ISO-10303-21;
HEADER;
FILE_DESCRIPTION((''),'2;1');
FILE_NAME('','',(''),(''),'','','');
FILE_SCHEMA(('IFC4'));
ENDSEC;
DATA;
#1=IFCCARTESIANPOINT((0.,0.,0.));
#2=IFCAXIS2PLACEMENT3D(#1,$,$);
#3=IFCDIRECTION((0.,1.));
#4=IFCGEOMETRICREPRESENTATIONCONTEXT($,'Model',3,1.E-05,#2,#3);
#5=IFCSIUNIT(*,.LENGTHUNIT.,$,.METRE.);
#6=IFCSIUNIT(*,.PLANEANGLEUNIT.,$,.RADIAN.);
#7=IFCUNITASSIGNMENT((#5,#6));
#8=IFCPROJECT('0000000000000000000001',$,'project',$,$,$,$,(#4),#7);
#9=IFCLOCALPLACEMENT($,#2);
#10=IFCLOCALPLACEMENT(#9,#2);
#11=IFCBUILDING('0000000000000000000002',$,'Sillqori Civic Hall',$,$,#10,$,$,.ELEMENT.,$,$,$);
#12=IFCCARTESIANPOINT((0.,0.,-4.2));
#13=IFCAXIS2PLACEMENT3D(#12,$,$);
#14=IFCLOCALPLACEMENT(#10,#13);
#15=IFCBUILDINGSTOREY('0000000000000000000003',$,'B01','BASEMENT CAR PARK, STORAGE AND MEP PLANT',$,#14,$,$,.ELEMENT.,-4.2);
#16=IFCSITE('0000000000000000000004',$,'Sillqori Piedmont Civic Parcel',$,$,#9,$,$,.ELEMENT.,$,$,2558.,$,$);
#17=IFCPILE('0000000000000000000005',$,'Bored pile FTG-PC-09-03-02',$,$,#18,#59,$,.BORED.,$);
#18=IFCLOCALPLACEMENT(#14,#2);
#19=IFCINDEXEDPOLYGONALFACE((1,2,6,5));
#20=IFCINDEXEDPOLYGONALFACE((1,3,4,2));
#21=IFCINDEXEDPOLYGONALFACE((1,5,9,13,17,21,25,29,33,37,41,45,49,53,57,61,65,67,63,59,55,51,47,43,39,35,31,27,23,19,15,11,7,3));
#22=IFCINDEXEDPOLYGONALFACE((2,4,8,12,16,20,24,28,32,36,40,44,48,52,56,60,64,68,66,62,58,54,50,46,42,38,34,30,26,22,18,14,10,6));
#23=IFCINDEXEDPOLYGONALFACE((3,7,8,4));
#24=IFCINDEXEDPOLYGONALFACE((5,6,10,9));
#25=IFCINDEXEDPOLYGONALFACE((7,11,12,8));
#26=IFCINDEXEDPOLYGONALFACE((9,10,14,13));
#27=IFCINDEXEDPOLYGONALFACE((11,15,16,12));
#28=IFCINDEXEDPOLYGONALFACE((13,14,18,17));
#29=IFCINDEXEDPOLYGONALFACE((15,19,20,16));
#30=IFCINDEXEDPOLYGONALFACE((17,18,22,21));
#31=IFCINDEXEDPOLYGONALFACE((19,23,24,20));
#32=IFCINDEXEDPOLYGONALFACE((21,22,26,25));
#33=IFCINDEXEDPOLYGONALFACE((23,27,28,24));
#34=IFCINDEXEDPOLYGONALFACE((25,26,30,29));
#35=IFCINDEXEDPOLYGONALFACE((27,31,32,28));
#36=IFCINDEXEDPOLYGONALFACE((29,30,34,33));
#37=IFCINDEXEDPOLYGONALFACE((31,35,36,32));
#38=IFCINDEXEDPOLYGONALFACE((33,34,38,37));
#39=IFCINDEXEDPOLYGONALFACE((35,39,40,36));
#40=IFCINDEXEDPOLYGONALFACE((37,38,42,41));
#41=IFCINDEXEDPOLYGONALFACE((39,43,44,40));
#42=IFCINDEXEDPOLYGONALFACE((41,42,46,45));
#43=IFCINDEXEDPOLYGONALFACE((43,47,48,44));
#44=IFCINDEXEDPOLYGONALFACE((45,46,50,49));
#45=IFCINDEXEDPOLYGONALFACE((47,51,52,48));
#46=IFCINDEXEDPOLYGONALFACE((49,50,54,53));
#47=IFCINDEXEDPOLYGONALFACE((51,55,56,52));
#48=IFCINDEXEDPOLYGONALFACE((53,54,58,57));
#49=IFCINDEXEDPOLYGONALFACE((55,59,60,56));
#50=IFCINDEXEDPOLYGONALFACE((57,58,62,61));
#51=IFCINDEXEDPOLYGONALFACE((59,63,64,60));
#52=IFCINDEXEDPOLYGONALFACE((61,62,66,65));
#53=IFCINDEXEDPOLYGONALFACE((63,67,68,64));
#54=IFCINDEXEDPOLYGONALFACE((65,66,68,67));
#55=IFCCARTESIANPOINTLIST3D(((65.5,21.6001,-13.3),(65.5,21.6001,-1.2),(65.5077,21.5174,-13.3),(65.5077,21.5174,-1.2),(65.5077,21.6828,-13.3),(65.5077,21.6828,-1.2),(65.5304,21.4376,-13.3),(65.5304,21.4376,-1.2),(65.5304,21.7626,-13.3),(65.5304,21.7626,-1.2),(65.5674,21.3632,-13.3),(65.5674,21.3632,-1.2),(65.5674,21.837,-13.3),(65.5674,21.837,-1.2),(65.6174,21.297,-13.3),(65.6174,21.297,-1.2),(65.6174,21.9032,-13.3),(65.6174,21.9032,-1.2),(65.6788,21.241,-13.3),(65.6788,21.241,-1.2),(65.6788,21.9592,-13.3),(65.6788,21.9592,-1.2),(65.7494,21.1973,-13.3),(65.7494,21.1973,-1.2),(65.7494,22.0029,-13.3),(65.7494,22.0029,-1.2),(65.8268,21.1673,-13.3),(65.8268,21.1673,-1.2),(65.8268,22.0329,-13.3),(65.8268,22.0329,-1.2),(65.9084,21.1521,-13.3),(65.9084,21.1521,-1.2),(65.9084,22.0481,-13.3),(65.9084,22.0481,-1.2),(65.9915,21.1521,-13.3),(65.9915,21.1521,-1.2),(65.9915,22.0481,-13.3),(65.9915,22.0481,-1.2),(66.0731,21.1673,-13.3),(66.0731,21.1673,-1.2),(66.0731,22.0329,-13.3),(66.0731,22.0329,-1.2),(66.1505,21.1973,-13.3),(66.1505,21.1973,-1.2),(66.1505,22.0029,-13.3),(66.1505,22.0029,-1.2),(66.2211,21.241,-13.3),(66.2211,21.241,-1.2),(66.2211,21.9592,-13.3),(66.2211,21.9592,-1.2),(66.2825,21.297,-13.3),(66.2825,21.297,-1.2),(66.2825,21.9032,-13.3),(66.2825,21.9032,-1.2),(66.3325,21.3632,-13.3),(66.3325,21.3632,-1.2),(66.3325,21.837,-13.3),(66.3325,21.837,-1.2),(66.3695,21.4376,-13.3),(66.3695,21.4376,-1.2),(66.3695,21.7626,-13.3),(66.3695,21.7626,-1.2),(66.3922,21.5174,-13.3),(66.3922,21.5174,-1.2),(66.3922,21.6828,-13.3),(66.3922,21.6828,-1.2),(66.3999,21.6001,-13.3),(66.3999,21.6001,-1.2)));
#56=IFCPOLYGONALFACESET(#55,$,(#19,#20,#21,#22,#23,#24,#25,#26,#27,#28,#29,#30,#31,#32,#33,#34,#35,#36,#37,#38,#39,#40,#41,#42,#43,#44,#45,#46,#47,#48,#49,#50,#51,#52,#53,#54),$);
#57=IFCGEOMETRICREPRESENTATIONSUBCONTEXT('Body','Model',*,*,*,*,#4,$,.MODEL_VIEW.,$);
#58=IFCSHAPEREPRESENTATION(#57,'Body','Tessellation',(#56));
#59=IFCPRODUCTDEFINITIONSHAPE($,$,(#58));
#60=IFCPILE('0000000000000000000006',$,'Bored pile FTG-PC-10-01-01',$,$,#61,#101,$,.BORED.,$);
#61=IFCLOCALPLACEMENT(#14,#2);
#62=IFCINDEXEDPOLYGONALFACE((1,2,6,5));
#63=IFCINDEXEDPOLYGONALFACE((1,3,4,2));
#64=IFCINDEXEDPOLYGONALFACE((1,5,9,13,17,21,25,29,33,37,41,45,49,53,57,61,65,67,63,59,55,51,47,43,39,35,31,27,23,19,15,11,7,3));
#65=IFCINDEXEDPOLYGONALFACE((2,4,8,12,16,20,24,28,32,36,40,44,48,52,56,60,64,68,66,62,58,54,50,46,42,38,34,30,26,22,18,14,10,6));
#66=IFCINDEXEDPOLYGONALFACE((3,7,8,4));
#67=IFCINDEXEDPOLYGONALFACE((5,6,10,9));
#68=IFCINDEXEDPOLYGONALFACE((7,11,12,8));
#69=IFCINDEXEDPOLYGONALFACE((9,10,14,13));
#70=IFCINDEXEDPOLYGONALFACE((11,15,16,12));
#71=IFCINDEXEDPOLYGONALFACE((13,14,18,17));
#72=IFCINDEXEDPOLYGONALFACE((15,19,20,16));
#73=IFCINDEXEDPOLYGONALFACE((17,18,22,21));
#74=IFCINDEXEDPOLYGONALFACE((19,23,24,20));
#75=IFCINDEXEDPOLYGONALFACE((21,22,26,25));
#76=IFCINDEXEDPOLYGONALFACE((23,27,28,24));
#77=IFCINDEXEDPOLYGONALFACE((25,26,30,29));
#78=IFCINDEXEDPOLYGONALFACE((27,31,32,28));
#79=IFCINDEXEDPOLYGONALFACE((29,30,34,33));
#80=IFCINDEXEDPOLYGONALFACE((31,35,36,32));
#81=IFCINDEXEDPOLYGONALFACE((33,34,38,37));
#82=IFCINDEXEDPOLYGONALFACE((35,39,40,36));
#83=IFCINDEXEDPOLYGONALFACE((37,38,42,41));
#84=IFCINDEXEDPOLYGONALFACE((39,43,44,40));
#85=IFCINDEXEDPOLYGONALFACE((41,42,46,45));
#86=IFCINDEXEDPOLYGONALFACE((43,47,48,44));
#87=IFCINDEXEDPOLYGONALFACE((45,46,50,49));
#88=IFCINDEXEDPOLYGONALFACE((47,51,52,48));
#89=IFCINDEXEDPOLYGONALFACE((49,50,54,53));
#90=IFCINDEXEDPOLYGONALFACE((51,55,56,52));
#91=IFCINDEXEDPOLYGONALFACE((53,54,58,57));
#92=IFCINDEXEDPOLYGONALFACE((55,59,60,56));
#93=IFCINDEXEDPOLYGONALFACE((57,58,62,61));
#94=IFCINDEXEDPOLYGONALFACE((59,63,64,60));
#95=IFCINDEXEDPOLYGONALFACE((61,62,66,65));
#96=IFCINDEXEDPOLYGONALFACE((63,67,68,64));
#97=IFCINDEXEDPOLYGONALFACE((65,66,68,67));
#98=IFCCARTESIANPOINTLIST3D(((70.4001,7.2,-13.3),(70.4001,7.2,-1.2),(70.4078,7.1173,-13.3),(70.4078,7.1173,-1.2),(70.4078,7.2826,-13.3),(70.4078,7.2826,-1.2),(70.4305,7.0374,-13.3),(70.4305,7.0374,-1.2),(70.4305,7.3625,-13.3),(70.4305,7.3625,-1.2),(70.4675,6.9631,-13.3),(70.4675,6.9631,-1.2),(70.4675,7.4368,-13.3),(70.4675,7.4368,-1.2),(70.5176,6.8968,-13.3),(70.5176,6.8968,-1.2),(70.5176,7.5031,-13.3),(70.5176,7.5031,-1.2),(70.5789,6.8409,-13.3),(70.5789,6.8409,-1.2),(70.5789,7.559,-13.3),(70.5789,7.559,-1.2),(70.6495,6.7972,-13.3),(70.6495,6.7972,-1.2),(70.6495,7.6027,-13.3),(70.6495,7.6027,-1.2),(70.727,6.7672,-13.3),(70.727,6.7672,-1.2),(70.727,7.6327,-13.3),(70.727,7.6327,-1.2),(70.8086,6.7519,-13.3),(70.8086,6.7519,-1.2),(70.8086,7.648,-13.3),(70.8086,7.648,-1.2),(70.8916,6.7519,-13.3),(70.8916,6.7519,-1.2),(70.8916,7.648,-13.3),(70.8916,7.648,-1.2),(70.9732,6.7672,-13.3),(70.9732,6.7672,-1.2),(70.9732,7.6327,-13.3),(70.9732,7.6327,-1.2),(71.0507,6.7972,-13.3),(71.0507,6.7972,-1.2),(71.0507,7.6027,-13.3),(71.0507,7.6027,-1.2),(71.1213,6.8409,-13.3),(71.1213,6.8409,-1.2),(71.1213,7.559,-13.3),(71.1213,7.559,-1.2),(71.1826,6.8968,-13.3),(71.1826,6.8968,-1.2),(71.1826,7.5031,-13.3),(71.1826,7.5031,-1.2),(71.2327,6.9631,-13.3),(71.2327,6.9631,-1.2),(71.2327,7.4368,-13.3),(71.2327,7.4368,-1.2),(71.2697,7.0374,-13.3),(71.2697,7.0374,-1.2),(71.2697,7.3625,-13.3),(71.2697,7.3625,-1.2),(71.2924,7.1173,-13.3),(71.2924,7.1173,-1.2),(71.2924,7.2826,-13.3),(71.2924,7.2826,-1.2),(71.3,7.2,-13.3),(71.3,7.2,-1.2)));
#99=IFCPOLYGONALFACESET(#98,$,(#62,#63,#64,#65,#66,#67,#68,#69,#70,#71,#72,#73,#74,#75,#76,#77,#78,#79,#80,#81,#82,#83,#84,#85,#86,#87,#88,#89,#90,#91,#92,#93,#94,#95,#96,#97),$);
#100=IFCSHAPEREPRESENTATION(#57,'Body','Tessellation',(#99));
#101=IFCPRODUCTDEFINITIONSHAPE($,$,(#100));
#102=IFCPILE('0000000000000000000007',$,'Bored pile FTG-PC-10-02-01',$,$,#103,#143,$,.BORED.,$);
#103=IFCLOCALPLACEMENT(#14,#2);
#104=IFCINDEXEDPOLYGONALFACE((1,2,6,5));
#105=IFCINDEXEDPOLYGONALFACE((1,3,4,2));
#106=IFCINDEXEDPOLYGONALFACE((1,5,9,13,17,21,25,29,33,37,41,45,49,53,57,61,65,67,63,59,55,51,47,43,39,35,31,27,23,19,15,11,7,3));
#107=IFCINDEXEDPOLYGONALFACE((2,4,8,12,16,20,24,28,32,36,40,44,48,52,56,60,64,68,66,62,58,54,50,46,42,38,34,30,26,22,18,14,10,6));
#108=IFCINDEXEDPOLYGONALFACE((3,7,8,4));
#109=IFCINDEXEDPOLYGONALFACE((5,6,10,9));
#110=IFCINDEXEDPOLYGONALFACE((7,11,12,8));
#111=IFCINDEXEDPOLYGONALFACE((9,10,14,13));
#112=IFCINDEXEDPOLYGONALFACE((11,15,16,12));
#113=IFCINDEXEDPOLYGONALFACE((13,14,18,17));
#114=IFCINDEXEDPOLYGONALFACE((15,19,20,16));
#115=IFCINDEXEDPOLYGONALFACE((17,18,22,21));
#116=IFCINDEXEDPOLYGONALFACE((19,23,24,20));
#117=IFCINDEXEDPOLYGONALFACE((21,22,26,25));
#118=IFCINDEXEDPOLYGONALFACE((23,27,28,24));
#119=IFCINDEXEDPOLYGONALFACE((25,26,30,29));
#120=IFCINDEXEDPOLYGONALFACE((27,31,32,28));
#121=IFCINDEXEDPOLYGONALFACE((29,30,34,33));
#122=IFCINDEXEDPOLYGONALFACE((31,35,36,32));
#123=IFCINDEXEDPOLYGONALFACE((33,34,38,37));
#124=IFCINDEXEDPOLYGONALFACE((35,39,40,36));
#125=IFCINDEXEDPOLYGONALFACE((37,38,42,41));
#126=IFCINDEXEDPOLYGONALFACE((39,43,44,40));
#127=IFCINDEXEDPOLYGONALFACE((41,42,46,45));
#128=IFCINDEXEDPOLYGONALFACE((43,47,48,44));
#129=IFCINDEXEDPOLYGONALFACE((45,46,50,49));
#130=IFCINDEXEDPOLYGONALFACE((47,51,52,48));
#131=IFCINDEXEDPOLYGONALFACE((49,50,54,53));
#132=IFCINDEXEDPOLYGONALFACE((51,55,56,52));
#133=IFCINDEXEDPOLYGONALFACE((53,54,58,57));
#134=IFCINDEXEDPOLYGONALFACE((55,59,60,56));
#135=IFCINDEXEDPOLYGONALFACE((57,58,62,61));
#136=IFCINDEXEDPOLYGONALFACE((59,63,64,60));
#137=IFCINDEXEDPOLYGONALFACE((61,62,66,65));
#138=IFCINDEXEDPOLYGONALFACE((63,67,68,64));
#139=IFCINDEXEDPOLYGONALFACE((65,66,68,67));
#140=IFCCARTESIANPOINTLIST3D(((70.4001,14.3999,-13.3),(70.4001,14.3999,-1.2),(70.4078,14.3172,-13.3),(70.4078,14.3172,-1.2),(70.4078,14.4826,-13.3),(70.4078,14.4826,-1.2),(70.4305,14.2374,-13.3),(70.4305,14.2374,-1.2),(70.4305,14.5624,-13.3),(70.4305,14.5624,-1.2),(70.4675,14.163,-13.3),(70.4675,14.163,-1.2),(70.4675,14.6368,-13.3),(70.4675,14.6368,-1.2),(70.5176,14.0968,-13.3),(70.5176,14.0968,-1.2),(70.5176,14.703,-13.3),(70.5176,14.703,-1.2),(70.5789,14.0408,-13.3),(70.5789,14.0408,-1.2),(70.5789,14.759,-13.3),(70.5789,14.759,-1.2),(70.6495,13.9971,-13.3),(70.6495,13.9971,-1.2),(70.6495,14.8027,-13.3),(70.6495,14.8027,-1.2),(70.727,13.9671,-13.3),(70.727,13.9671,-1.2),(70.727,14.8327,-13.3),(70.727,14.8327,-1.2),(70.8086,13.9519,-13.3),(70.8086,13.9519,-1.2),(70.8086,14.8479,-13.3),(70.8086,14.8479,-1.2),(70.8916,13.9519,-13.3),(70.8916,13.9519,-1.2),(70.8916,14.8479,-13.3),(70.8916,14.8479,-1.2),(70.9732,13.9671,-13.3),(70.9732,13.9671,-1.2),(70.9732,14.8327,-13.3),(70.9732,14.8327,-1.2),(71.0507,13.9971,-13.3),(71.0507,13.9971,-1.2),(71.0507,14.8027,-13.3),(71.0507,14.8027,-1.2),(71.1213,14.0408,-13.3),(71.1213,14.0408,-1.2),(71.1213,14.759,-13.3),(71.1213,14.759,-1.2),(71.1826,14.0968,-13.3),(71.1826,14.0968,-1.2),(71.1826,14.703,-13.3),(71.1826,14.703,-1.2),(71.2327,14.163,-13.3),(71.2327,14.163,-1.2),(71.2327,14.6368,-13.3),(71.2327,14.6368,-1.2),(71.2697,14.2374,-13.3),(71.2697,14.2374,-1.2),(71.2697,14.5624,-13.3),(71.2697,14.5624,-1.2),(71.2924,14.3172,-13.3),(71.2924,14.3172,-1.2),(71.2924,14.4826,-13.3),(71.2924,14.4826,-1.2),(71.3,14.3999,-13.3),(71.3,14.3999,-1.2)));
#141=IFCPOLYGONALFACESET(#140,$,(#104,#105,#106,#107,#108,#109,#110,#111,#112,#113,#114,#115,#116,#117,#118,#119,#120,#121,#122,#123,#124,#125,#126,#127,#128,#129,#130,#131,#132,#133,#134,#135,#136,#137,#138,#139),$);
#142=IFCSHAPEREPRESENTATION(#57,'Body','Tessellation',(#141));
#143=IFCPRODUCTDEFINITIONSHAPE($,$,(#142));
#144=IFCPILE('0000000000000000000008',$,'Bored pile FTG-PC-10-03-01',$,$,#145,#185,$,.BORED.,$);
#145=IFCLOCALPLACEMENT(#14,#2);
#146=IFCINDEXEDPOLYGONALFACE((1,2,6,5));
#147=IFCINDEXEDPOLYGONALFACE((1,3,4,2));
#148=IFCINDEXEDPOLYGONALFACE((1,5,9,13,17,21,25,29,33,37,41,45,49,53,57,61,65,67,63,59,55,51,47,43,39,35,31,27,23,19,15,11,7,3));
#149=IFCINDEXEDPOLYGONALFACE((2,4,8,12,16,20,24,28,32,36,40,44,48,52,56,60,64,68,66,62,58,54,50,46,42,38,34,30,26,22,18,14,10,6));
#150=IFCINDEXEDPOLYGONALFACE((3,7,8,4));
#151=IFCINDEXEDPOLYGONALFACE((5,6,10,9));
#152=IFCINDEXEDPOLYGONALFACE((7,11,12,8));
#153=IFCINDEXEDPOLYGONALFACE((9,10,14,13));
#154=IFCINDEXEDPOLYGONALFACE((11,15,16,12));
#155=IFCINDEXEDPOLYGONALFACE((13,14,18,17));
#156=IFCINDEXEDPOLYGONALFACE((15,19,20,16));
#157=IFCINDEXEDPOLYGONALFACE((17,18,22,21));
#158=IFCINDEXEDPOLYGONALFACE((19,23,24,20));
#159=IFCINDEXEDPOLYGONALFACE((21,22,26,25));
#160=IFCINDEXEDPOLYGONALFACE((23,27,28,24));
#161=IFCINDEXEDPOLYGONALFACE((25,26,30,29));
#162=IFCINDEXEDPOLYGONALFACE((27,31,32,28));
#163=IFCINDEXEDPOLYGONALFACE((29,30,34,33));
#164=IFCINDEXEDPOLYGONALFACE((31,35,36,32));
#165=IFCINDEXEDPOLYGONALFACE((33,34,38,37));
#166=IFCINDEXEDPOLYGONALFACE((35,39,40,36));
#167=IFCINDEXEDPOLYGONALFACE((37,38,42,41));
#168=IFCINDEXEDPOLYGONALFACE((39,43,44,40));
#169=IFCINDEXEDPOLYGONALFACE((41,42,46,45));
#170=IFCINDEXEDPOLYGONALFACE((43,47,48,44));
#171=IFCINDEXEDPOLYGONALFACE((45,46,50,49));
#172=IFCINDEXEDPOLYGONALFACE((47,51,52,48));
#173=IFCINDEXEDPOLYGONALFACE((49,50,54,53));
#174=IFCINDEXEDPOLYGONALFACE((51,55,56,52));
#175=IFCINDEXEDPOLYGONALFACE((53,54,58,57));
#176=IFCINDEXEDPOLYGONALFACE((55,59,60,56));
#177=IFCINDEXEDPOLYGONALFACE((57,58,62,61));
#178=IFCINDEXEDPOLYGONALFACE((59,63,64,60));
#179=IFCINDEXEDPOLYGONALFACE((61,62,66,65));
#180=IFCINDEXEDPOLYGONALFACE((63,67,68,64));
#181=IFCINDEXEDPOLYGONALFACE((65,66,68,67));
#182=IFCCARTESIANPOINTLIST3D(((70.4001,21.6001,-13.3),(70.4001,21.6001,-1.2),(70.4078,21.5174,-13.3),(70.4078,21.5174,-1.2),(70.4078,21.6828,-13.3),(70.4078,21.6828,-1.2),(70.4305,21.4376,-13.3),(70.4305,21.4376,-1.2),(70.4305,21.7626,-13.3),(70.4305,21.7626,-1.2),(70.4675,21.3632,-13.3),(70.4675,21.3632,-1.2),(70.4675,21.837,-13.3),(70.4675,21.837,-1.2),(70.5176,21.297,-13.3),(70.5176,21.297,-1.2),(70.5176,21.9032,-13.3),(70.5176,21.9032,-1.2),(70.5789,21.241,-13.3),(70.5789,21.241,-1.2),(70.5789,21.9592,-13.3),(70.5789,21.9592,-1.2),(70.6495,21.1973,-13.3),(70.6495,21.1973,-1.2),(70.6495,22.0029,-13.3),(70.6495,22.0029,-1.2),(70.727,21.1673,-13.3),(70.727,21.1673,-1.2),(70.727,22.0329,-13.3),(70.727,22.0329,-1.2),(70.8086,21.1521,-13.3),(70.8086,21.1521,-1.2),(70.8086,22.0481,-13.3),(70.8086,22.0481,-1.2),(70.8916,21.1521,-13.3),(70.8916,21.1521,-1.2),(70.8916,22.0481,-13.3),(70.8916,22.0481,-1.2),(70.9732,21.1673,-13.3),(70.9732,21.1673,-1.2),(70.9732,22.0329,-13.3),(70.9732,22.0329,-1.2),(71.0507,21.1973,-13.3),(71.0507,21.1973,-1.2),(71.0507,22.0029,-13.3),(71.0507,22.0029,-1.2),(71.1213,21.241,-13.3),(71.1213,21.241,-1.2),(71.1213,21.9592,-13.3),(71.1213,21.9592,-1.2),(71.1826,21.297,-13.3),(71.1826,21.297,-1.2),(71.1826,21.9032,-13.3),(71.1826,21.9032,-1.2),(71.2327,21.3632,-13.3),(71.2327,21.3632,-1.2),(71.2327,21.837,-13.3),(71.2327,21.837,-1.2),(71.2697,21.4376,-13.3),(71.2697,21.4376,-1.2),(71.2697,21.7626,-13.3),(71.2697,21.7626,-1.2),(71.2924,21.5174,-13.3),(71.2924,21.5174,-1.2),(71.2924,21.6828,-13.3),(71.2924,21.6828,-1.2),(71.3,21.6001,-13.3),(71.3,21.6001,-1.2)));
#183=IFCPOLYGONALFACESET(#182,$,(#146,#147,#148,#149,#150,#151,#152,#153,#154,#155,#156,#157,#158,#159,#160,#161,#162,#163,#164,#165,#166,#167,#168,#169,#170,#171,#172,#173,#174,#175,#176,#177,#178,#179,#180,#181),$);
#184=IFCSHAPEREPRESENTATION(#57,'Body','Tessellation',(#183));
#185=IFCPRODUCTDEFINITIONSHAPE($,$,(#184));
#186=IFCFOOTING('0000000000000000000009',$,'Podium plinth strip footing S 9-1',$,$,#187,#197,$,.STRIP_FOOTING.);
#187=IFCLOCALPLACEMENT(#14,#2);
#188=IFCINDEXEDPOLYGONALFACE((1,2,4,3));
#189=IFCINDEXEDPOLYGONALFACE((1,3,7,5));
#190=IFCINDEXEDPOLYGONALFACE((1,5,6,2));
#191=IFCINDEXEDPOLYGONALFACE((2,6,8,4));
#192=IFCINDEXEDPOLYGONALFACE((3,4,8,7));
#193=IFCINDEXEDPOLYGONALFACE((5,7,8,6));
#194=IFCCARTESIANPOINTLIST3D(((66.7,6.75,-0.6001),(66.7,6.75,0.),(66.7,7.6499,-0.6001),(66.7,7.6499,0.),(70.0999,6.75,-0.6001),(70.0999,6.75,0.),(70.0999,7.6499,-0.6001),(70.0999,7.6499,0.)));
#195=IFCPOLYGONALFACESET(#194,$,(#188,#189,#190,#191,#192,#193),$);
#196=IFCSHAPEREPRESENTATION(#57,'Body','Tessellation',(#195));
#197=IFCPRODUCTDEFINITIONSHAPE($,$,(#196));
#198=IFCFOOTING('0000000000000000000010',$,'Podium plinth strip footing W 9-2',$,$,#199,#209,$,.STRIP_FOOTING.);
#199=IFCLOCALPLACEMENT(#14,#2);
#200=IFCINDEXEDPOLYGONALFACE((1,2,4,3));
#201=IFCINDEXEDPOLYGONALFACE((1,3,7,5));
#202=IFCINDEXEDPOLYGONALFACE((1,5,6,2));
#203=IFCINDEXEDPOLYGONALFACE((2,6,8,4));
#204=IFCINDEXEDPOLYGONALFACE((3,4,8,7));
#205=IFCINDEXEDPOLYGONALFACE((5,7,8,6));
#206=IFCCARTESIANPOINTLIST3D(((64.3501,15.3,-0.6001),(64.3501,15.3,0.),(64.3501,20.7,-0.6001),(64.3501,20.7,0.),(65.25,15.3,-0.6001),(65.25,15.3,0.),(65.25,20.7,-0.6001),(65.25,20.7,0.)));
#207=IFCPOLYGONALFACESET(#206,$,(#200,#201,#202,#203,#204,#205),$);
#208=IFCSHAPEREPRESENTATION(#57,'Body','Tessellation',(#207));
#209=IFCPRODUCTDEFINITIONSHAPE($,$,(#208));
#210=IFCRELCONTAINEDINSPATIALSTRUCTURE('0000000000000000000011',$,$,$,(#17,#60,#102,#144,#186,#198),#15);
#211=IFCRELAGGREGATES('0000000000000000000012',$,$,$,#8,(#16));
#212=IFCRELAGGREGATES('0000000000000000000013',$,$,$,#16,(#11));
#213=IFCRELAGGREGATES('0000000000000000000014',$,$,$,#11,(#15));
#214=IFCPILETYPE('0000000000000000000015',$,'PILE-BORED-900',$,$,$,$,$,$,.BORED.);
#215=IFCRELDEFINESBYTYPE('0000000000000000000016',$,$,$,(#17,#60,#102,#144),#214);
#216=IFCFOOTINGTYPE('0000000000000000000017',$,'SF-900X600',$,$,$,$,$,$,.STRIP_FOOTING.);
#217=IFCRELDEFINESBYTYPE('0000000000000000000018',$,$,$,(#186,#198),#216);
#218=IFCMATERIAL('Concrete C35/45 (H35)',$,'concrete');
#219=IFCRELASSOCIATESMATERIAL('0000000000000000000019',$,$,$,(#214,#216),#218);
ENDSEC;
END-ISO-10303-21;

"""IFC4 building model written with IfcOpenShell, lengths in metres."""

from ifc_helpers import new_model, si_unit, direction, frame, origin, origin_2d, place, context, subcontext, project, spatial, rectangle, circle, extrude, material, material_profile, profile_set, type_object, element, save


model = new_model("IFC4")

# Units and contexts
model_context = context("Model", 3, precision=1e-05, world=origin(), true_north=direction((0.0, 1.0)))
body_context = subcontext(model_context, "Body", "Model", "MODEL_VIEW")
ifc_project = project(units=[si_unit("LENGTHUNIT", "METRE"), si_unit("PLANEANGLEUNIT", "RADIAN")], contexts=[model_context])

# Site, building, storey
site_placement = place(None, origin())
site = spatial("IfcSite", under=ifc_project, at=site_placement, Name="Sillqori Piedmont Civic Parcel", CompositionType="ELEMENT", RefElevation=2558.0)
building_placement = place(site_placement, origin())
building = spatial("IfcBuilding", under=site, at=building_placement, Name="Sillqori Civic Hall", CompositionType="ELEMENT")
storey_placement = place(building_placement, frame((0.0, 0.0, -4.2)))
storey = spatial("IfcBuildingStorey", under=building, at=storey_placement, Name="B01", Description="BASEMENT CAR PARK, STORAGE AND MEP PLANT", CompositionType="ELEMENT", Elevation=-4.2)

# Shared definitions
ifc_material = material(Name="Concrete C35/45 (H35)", Category="concrete")

# Piles
ifc_material_profile_1 = material_profile(ifc_material, circle(Radius=0.45, at=origin_2d()), Name="BORED PILE 900")
ifc_profile_set_1 = profile_set([ifc_material_profile_1], Name="Concrete C35/45 (H35)")
pile_type = type_object("IfcPileType", Name="PILE-BORED-900", PredefinedType="BORED", material=ifc_profile_set_1)
for number, where, z_axis, x_axis, name in (
    (1, (65.95, 21.6001, -1.2), (0.0, 0.0, -1.0), (1.0, 0.0, 0.0), "Bored pile FTG-PC-09-03-02"),
    (2, (70.8501, 7.2, -1.2), (0.0, 0.0, -1.0), (1.0, 0.0, 0.0), "Bored pile FTG-PC-10-01-01"),
    (3, (70.8501, 14.3999, -1.2), (0.0, 0.0, -1.0), (1.0, 0.0, 0.0), "Bored pile FTG-PC-10-02-01"),
    (4, (70.8501, 21.6001, -1.2), (0.0, 0.0, -1.0), (1.0, 0.0, 0.0), "Bored pile FTG-PC-10-03-01"),
):
    element("IfcPile", number, at=place(storey_placement, frame(where, z_axis=z_axis, x_axis=x_axis)), inside=storey, type_object=pile_type, Name=name, PredefinedType="BORED", context=body_context, shape_type="SweptSolid", body=[
        extrude(circle(Radius=0.45, at=origin_2d()), origin(), (0.0, 0.0, 1.0), 12.1001),
    ])

# Footings
footing_type_1 = type_object("IfcFootingType", Name="SF-900X600", PredefinedType="STRIP_FOOTING", material=ifc_material)
footing_1_placement = place(storey_placement, frame((68.3999, 7.2, -0.6001), z_axis=(0.0, 0.0, 1.0), x_axis=(1.0, 0.0, 0.0)))
element("IfcFooting", 5, at=footing_1_placement, inside=storey, type_object=footing_type_1, Name="Podium plinth strip footing S 9-1", PredefinedType="STRIP_FOOTING", context=body_context, shape_type="SweptSolid", body=[
    extrude(rectangle(XDim=3.3999, YDim=0.8999, at=origin_2d()), origin(), (0.0, 0.0, 1.0), 0.6001),
])
footing_2_placement = place(storey_placement, frame((64.8, 18.0, -0.6001), z_axis=(0.0, 0.0, 1.0), x_axis=(1.0, 0.0, 0.0)))
element("IfcFooting", 6, at=footing_2_placement, inside=storey, type_object=footing_type_1, Name="Podium plinth strip footing W 9-2", PredefinedType="STRIP_FOOTING", context=body_context, shape_type="SweptSolid", body=[
    extrude(rectangle(XDim=0.8999, YDim=5.3999, at=origin_2d()), origin(), (0.0, 0.0, 1.0), 0.6001),
])

save(model, "model.ifc")
